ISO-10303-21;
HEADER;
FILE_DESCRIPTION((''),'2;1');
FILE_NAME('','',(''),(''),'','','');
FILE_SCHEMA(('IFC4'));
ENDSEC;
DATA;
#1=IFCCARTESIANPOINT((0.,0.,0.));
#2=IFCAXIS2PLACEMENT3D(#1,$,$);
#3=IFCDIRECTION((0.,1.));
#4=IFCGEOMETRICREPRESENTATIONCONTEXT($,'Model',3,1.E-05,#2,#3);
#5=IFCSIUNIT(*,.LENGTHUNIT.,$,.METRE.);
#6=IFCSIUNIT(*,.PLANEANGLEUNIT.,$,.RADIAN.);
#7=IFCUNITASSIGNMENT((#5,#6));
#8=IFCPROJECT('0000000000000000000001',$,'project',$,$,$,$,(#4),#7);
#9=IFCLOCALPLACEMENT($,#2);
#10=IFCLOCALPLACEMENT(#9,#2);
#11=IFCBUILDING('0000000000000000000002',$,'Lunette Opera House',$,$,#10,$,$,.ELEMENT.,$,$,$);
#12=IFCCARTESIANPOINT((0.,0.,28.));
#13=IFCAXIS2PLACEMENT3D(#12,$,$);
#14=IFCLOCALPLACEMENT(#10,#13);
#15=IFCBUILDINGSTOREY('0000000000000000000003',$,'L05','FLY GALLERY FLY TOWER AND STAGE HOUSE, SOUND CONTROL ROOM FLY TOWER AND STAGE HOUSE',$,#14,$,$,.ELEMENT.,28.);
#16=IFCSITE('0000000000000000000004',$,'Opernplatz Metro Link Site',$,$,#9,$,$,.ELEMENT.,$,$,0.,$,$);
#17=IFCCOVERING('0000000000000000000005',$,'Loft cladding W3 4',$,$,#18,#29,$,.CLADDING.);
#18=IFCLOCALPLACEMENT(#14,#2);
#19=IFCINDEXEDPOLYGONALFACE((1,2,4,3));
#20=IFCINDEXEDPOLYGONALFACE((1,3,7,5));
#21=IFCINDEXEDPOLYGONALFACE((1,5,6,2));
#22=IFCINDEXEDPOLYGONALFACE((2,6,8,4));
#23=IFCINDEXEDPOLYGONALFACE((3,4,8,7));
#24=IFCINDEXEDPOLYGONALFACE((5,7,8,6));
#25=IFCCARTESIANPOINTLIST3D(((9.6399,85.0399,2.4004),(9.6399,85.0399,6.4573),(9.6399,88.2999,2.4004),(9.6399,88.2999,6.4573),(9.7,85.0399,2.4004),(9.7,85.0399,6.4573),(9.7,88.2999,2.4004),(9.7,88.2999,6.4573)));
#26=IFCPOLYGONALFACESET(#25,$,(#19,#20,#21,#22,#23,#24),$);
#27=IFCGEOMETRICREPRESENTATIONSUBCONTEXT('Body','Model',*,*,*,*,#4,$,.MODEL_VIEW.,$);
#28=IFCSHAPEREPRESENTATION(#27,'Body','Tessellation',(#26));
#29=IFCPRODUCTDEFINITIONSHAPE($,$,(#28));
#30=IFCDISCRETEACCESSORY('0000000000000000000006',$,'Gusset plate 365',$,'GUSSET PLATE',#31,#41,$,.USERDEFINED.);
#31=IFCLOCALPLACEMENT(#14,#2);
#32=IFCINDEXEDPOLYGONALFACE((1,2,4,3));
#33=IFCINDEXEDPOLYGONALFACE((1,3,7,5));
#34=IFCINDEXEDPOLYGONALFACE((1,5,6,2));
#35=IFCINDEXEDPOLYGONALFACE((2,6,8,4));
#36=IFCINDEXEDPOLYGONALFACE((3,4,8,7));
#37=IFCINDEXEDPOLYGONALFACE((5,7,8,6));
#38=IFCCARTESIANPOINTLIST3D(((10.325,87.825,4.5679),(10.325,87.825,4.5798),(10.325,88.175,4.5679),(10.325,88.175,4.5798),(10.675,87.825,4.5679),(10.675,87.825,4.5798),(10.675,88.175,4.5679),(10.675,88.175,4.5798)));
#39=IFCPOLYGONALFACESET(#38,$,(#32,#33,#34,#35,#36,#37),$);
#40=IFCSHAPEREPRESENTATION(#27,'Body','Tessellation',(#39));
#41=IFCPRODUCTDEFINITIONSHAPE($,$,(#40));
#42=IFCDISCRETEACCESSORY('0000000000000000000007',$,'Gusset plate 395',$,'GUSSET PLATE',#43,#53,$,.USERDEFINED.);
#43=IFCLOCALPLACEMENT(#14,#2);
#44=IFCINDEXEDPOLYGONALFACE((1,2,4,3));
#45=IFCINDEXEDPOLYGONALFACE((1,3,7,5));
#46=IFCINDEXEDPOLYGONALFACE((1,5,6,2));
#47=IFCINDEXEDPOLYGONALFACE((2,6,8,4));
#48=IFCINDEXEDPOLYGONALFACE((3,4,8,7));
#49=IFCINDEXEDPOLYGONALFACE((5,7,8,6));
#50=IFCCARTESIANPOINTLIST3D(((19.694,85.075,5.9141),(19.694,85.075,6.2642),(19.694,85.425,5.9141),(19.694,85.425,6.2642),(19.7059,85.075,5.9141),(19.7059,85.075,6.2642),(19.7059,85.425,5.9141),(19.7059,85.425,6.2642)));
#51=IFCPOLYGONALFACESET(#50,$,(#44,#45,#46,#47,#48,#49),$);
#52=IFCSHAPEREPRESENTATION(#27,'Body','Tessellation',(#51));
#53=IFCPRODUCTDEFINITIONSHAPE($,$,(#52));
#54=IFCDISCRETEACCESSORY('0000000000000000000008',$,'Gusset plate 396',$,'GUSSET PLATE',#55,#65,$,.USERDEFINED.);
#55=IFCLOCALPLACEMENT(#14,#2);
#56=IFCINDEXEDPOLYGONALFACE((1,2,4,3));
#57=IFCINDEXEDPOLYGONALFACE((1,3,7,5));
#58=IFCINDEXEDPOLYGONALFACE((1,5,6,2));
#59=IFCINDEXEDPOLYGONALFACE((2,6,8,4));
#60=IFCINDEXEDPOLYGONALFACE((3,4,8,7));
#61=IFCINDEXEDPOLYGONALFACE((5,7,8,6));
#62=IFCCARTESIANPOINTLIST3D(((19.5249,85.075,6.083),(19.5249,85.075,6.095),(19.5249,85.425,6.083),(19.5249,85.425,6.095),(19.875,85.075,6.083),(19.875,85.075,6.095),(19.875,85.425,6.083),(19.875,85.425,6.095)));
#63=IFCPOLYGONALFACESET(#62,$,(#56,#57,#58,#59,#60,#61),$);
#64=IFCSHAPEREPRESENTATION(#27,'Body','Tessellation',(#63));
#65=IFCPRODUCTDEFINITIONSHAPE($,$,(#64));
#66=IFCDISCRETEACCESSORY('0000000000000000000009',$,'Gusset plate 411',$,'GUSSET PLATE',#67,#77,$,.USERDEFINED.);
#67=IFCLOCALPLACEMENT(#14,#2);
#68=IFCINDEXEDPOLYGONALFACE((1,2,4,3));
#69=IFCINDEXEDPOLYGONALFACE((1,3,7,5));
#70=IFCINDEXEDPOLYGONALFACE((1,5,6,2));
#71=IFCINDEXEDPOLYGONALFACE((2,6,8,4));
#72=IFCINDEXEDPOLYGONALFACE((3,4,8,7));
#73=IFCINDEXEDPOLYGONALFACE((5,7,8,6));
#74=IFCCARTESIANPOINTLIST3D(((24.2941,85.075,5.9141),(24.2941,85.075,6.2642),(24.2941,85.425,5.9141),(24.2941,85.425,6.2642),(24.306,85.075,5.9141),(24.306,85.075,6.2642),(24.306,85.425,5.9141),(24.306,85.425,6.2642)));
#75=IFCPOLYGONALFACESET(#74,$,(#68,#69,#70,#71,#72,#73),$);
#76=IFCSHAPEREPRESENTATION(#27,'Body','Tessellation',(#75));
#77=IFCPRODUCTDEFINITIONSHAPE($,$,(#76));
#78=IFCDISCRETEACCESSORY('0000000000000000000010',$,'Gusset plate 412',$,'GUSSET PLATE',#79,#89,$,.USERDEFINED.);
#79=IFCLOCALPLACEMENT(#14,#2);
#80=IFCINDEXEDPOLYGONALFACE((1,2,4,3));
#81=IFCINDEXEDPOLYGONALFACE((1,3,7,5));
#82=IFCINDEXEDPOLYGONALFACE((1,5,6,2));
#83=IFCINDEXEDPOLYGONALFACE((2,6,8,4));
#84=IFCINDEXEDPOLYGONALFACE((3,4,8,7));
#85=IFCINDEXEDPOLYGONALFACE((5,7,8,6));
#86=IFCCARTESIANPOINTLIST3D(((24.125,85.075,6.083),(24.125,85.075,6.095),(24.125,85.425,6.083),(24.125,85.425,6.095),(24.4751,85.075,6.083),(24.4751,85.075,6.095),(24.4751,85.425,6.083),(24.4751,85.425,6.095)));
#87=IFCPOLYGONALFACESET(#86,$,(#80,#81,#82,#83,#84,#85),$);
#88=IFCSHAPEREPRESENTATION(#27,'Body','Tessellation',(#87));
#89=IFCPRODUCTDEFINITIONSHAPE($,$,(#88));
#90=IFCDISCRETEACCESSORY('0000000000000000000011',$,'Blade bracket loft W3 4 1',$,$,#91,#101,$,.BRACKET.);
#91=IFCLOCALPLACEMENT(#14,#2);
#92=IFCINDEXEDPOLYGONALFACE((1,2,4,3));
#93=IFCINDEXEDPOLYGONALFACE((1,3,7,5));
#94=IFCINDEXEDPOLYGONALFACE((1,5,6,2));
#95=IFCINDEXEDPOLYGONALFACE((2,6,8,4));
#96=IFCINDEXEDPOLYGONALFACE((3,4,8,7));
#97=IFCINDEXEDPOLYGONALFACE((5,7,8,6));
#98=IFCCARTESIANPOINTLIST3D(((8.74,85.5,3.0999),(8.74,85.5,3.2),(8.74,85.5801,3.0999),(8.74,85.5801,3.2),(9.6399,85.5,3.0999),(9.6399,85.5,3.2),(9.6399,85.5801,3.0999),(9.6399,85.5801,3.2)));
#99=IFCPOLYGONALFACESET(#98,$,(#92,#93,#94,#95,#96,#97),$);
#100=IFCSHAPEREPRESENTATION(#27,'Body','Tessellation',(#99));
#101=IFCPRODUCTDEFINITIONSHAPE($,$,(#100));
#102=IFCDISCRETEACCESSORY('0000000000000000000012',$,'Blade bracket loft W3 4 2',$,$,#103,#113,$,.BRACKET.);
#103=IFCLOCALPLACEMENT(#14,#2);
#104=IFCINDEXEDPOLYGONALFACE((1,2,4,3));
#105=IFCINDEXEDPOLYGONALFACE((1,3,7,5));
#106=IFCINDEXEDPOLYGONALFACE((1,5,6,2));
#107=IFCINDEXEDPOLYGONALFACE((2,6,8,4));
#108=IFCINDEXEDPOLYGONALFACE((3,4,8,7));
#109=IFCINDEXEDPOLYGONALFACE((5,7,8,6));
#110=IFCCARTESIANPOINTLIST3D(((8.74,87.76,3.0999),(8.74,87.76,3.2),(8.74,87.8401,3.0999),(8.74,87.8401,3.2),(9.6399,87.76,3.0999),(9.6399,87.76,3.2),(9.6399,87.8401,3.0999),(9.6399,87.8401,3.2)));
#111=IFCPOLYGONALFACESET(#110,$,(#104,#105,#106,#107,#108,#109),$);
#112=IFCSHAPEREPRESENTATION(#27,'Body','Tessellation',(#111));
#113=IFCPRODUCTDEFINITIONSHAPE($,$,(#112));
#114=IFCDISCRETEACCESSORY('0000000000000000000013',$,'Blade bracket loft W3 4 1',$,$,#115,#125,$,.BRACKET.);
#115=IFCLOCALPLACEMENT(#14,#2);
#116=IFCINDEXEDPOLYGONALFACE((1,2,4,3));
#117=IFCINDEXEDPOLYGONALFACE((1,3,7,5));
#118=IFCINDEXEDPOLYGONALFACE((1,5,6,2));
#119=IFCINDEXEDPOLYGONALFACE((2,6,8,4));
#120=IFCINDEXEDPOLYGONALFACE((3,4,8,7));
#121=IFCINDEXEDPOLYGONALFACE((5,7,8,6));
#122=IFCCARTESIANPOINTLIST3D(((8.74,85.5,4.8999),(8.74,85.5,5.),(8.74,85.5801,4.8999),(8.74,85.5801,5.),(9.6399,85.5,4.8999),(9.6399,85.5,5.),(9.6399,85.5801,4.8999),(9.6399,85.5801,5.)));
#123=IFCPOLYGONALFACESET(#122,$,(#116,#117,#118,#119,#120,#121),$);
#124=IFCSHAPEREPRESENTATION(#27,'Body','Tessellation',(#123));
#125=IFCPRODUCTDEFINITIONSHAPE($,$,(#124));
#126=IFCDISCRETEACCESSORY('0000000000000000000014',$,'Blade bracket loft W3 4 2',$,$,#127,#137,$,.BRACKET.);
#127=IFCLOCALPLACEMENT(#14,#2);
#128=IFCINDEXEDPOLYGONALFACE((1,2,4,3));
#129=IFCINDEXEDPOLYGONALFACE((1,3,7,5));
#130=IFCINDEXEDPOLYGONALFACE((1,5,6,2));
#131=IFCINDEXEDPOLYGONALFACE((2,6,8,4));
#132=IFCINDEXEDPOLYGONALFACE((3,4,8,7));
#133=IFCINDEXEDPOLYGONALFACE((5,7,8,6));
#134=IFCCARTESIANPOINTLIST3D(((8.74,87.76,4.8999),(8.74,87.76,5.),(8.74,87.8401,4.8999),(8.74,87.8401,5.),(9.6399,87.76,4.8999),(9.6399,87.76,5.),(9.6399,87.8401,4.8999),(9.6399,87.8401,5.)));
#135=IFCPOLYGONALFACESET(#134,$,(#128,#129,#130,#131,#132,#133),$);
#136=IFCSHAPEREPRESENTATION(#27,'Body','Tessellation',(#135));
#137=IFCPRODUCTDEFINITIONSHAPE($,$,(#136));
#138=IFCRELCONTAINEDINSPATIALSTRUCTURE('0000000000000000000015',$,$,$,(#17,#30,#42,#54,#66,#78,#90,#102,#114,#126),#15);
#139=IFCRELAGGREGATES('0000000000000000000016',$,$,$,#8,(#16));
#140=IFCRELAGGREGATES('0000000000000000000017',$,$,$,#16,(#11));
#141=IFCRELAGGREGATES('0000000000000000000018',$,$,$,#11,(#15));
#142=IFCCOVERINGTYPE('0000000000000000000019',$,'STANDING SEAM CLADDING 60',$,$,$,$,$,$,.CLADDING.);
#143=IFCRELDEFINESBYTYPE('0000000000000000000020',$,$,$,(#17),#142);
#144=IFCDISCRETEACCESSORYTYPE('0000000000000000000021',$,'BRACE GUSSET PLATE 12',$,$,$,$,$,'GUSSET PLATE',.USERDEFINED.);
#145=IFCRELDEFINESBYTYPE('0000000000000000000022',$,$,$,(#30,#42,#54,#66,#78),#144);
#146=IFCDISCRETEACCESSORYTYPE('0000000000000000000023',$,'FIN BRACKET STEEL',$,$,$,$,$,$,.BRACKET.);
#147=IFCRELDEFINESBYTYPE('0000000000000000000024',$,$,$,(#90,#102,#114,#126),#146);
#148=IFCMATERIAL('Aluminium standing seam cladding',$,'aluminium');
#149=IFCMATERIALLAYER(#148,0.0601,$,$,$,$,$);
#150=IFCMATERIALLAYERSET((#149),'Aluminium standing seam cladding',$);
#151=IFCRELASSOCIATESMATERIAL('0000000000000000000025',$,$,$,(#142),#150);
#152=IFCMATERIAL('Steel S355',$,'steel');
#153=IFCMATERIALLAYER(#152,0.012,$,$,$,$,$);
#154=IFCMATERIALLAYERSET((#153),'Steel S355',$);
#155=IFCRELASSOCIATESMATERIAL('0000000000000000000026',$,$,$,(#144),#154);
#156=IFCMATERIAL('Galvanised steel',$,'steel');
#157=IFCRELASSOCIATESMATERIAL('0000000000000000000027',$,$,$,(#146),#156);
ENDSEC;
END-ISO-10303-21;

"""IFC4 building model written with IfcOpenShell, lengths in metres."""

from ifc_helpers import new_model, si_unit, direction, frame, origin, origin_2d, place, context, subcontext, project, spatial, rectangle, extrude, material, layer, layer_set, type_object, element, save


model = new_model("IFC4")

# Units and contexts
model_context = context("Model", 3, precision=1e-05, world=origin(), true_north=direction((0.0, 1.0)))
body_context = subcontext(model_context, "Body", "Model", "MODEL_VIEW")
ifc_project = project(units=[si_unit("LENGTHUNIT", "METRE"), si_unit("PLANEANGLEUNIT", "RADIAN")], contexts=[model_context])

# Site, building, storey
site_placement = place(None, origin())
site = spatial("IfcSite", under=ifc_project, at=site_placement, Name="Opernplatz Metro Link Site", CompositionType="ELEMENT", RefElevation=0.0)
building_placement = place(site_placement, origin())
building = spatial("IfcBuilding", under=site, at=building_placement, Name="Lunette Opera House", CompositionType="ELEMENT")
storey_placement = place(building_placement, frame((0.0, 0.0, 28.0)))
storey = spatial("IfcBuildingStorey", under=building, at=storey_placement, Name="L05", Description="FLY GALLERY FLY TOWER AND STAGE HOUSE, SOUND CONTROL ROOM FLY TOWER AND STAGE HOUSE", CompositionType="ELEMENT", Elevation=28.0)

# Covering
ifc_material_1 = material(Name="Aluminium standing seam cladding", Category="aluminium")
ifc_layer_1 = layer(ifc_material_1, 0.0601)
ifc_layer_set_1 = layer_set([ifc_layer_1], Name="Aluminium standing seam cladding")
covering_type_1 = type_object("IfcCoveringType", Name="STANDING SEAM CLADDING 60", PredefinedType="CLADDING", material=ifc_layer_set_1)
covering_1_placement = place(storey_placement, frame((9.6699, 86.6699, 2.4004), z_axis=(0.0, 0.0, 1.0), x_axis=(0.0, 1.0, 0.0)))
element("IfcCovering", 1, at=covering_1_placement, inside=storey, type_object=covering_type_1, Name="Loft cladding W3 4", PredefinedType="CLADDING", context=body_context, shape_type="SweptSolid", body=[
    extrude(rectangle(XDim=3.26, YDim=0.0601, at=origin_2d()), origin(), (0.0, 0.0, 1.0), 4.0569),
])

# Discrete accessories
ifc_material_2 = material(Name="Steel S355", Category="steel")
ifc_layer_2 = layer(ifc_material_2, 0.012)
ifc_layer_set_2 = layer_set([ifc_layer_2], Name="Steel S355")
discrete_accessory_type_1 = type_object("IfcDiscreteAccessoryType", Name="BRACE GUSSET PLATE 12", ElementType="GUSSET PLATE", PredefinedType="USERDEFINED", material=ifc_layer_set_2)
discrete_accessory_1_placement = place(storey_placement, frame((10.5, 88.0, 4.5679), z_axis=(0.0, 0.0, 1.0), x_axis=(0.0, 1.0, 0.0)))
element("IfcDiscreteAccessory", 2, at=discrete_accessory_1_placement, inside=storey, type_object=discrete_accessory_type_1, Name="Gusset plate 365", ObjectType="GUSSET PLATE", PredefinedType="USERDEFINED", context=body_context, shape_type="SweptSolid", body=[
    extrude(rectangle(XDim=0.3501, YDim=0.3501, at=origin_2d()), origin(), (0.0, 0.0, 1.0), 0.012),
])
discrete_accessory_2_placement = place(storey_placement, frame((19.7, 85.25, 5.9141), z_axis=(0.0, 0.0, 1.0), x_axis=(0.0, 1.0, 0.0)))
element("IfcDiscreteAccessory", 3, at=discrete_accessory_2_placement, inside=storey, type_object=discrete_accessory_type_1, Name="Gusset plate 395", ObjectType="GUSSET PLATE", PredefinedType="USERDEFINED", context=body_context, shape_type="SweptSolid", body=[
    extrude(rectangle(XDim=0.3501, YDim=0.012, at=origin_2d()), origin(), (0.0, 0.0, 1.0), 0.3501),
])
discrete_accessory_3_placement = place(storey_placement, frame((19.7, 85.25, 6.083), z_axis=(0.0, 0.0, 1.0), x_axis=(0.0, 1.0, 0.0)))
element("IfcDiscreteAccessory", 4, at=discrete_accessory_3_placement, inside=storey, type_object=discrete_accessory_type_1, Name="Gusset plate 396", ObjectType="GUSSET PLATE", PredefinedType="USERDEFINED", context=body_context, shape_type="SweptSolid", body=[
    extrude(rectangle(XDim=0.3501, YDim=0.3501, at=origin_2d()), origin(), (0.0, 0.0, 1.0), 0.012),
])
discrete_accessory_4_placement = place(storey_placement, frame((24.3, 85.25, 5.9141), z_axis=(0.0, 0.0, 1.0), x_axis=(0.0, 1.0, 0.0)))
element("IfcDiscreteAccessory", 5, at=discrete_accessory_4_placement, inside=storey, type_object=discrete_accessory_type_1, Name="Gusset plate 411", ObjectType="GUSSET PLATE", PredefinedType="USERDEFINED", context=body_context, shape_type="SweptSolid", body=[
    extrude(rectangle(XDim=0.3501, YDim=0.012, at=origin_2d()), origin(), (0.0, 0.0, 1.0), 0.3501),
])
discrete_accessory_5_placement = place(storey_placement, frame((24.3, 85.25, 6.083), z_axis=(0.0, 0.0, 1.0), x_axis=(0.0, 1.0, 0.0)))
element("IfcDiscreteAccessory", 6, at=discrete_accessory_5_placement, inside=storey, type_object=discrete_accessory_type_1, Name="Gusset plate 412", ObjectType="GUSSET PLATE", PredefinedType="USERDEFINED", context=body_context, shape_type="SweptSolid", body=[
    extrude(rectangle(XDim=0.3501, YDim=0.3501, at=origin_2d()), origin(), (0.0, 0.0, 1.0), 0.012),
])
ifc_material_3 = material(Name="Galvanised steel", Category="steel")
discrete_accessory_type_2 = type_object("IfcDiscreteAccessoryType", Name="FIN BRACKET STEEL", PredefinedType="BRACKET", material=ifc_material_3)
for number, where, z_axis, x_axis, name in (
    (7, (9.1899, 85.54, 3.0999), (0.0, 0.0, 1.0), (-1.0, 0.0, 0.0), "Blade bracket loft W3 4 1"),
    (8, (9.1899, 87.8, 3.0999), (0.0, 0.0, 1.0), (-1.0, 0.0, 0.0), "Blade bracket loft W3 4 2"),
    (9, (9.1899, 85.54, 4.8999), (0.0, 0.0, 1.0), (-1.0, 0.0, 0.0), "Blade bracket loft W3 4 1"),
    (10, (9.1899, 87.8, 4.8999), (0.0, 0.0, 1.0), (-1.0, 0.0, 0.0), "Blade bracket loft W3 4 2"),
):
    element("IfcDiscreteAccessory", number, at=place(storey_placement, frame(where, z_axis=z_axis, x_axis=x_axis)), inside=storey, type_object=discrete_accessory_type_2, Name=name, PredefinedType="BRACKET", context=body_context, shape_type="SweptSolid", body=[
        extrude(rectangle(XDim=0.8999, YDim=0.0801, at=origin_2d()), origin(), (0.0, 0.0, 1.0), 0.1001),
    ])

save(model, "model.ifc")
